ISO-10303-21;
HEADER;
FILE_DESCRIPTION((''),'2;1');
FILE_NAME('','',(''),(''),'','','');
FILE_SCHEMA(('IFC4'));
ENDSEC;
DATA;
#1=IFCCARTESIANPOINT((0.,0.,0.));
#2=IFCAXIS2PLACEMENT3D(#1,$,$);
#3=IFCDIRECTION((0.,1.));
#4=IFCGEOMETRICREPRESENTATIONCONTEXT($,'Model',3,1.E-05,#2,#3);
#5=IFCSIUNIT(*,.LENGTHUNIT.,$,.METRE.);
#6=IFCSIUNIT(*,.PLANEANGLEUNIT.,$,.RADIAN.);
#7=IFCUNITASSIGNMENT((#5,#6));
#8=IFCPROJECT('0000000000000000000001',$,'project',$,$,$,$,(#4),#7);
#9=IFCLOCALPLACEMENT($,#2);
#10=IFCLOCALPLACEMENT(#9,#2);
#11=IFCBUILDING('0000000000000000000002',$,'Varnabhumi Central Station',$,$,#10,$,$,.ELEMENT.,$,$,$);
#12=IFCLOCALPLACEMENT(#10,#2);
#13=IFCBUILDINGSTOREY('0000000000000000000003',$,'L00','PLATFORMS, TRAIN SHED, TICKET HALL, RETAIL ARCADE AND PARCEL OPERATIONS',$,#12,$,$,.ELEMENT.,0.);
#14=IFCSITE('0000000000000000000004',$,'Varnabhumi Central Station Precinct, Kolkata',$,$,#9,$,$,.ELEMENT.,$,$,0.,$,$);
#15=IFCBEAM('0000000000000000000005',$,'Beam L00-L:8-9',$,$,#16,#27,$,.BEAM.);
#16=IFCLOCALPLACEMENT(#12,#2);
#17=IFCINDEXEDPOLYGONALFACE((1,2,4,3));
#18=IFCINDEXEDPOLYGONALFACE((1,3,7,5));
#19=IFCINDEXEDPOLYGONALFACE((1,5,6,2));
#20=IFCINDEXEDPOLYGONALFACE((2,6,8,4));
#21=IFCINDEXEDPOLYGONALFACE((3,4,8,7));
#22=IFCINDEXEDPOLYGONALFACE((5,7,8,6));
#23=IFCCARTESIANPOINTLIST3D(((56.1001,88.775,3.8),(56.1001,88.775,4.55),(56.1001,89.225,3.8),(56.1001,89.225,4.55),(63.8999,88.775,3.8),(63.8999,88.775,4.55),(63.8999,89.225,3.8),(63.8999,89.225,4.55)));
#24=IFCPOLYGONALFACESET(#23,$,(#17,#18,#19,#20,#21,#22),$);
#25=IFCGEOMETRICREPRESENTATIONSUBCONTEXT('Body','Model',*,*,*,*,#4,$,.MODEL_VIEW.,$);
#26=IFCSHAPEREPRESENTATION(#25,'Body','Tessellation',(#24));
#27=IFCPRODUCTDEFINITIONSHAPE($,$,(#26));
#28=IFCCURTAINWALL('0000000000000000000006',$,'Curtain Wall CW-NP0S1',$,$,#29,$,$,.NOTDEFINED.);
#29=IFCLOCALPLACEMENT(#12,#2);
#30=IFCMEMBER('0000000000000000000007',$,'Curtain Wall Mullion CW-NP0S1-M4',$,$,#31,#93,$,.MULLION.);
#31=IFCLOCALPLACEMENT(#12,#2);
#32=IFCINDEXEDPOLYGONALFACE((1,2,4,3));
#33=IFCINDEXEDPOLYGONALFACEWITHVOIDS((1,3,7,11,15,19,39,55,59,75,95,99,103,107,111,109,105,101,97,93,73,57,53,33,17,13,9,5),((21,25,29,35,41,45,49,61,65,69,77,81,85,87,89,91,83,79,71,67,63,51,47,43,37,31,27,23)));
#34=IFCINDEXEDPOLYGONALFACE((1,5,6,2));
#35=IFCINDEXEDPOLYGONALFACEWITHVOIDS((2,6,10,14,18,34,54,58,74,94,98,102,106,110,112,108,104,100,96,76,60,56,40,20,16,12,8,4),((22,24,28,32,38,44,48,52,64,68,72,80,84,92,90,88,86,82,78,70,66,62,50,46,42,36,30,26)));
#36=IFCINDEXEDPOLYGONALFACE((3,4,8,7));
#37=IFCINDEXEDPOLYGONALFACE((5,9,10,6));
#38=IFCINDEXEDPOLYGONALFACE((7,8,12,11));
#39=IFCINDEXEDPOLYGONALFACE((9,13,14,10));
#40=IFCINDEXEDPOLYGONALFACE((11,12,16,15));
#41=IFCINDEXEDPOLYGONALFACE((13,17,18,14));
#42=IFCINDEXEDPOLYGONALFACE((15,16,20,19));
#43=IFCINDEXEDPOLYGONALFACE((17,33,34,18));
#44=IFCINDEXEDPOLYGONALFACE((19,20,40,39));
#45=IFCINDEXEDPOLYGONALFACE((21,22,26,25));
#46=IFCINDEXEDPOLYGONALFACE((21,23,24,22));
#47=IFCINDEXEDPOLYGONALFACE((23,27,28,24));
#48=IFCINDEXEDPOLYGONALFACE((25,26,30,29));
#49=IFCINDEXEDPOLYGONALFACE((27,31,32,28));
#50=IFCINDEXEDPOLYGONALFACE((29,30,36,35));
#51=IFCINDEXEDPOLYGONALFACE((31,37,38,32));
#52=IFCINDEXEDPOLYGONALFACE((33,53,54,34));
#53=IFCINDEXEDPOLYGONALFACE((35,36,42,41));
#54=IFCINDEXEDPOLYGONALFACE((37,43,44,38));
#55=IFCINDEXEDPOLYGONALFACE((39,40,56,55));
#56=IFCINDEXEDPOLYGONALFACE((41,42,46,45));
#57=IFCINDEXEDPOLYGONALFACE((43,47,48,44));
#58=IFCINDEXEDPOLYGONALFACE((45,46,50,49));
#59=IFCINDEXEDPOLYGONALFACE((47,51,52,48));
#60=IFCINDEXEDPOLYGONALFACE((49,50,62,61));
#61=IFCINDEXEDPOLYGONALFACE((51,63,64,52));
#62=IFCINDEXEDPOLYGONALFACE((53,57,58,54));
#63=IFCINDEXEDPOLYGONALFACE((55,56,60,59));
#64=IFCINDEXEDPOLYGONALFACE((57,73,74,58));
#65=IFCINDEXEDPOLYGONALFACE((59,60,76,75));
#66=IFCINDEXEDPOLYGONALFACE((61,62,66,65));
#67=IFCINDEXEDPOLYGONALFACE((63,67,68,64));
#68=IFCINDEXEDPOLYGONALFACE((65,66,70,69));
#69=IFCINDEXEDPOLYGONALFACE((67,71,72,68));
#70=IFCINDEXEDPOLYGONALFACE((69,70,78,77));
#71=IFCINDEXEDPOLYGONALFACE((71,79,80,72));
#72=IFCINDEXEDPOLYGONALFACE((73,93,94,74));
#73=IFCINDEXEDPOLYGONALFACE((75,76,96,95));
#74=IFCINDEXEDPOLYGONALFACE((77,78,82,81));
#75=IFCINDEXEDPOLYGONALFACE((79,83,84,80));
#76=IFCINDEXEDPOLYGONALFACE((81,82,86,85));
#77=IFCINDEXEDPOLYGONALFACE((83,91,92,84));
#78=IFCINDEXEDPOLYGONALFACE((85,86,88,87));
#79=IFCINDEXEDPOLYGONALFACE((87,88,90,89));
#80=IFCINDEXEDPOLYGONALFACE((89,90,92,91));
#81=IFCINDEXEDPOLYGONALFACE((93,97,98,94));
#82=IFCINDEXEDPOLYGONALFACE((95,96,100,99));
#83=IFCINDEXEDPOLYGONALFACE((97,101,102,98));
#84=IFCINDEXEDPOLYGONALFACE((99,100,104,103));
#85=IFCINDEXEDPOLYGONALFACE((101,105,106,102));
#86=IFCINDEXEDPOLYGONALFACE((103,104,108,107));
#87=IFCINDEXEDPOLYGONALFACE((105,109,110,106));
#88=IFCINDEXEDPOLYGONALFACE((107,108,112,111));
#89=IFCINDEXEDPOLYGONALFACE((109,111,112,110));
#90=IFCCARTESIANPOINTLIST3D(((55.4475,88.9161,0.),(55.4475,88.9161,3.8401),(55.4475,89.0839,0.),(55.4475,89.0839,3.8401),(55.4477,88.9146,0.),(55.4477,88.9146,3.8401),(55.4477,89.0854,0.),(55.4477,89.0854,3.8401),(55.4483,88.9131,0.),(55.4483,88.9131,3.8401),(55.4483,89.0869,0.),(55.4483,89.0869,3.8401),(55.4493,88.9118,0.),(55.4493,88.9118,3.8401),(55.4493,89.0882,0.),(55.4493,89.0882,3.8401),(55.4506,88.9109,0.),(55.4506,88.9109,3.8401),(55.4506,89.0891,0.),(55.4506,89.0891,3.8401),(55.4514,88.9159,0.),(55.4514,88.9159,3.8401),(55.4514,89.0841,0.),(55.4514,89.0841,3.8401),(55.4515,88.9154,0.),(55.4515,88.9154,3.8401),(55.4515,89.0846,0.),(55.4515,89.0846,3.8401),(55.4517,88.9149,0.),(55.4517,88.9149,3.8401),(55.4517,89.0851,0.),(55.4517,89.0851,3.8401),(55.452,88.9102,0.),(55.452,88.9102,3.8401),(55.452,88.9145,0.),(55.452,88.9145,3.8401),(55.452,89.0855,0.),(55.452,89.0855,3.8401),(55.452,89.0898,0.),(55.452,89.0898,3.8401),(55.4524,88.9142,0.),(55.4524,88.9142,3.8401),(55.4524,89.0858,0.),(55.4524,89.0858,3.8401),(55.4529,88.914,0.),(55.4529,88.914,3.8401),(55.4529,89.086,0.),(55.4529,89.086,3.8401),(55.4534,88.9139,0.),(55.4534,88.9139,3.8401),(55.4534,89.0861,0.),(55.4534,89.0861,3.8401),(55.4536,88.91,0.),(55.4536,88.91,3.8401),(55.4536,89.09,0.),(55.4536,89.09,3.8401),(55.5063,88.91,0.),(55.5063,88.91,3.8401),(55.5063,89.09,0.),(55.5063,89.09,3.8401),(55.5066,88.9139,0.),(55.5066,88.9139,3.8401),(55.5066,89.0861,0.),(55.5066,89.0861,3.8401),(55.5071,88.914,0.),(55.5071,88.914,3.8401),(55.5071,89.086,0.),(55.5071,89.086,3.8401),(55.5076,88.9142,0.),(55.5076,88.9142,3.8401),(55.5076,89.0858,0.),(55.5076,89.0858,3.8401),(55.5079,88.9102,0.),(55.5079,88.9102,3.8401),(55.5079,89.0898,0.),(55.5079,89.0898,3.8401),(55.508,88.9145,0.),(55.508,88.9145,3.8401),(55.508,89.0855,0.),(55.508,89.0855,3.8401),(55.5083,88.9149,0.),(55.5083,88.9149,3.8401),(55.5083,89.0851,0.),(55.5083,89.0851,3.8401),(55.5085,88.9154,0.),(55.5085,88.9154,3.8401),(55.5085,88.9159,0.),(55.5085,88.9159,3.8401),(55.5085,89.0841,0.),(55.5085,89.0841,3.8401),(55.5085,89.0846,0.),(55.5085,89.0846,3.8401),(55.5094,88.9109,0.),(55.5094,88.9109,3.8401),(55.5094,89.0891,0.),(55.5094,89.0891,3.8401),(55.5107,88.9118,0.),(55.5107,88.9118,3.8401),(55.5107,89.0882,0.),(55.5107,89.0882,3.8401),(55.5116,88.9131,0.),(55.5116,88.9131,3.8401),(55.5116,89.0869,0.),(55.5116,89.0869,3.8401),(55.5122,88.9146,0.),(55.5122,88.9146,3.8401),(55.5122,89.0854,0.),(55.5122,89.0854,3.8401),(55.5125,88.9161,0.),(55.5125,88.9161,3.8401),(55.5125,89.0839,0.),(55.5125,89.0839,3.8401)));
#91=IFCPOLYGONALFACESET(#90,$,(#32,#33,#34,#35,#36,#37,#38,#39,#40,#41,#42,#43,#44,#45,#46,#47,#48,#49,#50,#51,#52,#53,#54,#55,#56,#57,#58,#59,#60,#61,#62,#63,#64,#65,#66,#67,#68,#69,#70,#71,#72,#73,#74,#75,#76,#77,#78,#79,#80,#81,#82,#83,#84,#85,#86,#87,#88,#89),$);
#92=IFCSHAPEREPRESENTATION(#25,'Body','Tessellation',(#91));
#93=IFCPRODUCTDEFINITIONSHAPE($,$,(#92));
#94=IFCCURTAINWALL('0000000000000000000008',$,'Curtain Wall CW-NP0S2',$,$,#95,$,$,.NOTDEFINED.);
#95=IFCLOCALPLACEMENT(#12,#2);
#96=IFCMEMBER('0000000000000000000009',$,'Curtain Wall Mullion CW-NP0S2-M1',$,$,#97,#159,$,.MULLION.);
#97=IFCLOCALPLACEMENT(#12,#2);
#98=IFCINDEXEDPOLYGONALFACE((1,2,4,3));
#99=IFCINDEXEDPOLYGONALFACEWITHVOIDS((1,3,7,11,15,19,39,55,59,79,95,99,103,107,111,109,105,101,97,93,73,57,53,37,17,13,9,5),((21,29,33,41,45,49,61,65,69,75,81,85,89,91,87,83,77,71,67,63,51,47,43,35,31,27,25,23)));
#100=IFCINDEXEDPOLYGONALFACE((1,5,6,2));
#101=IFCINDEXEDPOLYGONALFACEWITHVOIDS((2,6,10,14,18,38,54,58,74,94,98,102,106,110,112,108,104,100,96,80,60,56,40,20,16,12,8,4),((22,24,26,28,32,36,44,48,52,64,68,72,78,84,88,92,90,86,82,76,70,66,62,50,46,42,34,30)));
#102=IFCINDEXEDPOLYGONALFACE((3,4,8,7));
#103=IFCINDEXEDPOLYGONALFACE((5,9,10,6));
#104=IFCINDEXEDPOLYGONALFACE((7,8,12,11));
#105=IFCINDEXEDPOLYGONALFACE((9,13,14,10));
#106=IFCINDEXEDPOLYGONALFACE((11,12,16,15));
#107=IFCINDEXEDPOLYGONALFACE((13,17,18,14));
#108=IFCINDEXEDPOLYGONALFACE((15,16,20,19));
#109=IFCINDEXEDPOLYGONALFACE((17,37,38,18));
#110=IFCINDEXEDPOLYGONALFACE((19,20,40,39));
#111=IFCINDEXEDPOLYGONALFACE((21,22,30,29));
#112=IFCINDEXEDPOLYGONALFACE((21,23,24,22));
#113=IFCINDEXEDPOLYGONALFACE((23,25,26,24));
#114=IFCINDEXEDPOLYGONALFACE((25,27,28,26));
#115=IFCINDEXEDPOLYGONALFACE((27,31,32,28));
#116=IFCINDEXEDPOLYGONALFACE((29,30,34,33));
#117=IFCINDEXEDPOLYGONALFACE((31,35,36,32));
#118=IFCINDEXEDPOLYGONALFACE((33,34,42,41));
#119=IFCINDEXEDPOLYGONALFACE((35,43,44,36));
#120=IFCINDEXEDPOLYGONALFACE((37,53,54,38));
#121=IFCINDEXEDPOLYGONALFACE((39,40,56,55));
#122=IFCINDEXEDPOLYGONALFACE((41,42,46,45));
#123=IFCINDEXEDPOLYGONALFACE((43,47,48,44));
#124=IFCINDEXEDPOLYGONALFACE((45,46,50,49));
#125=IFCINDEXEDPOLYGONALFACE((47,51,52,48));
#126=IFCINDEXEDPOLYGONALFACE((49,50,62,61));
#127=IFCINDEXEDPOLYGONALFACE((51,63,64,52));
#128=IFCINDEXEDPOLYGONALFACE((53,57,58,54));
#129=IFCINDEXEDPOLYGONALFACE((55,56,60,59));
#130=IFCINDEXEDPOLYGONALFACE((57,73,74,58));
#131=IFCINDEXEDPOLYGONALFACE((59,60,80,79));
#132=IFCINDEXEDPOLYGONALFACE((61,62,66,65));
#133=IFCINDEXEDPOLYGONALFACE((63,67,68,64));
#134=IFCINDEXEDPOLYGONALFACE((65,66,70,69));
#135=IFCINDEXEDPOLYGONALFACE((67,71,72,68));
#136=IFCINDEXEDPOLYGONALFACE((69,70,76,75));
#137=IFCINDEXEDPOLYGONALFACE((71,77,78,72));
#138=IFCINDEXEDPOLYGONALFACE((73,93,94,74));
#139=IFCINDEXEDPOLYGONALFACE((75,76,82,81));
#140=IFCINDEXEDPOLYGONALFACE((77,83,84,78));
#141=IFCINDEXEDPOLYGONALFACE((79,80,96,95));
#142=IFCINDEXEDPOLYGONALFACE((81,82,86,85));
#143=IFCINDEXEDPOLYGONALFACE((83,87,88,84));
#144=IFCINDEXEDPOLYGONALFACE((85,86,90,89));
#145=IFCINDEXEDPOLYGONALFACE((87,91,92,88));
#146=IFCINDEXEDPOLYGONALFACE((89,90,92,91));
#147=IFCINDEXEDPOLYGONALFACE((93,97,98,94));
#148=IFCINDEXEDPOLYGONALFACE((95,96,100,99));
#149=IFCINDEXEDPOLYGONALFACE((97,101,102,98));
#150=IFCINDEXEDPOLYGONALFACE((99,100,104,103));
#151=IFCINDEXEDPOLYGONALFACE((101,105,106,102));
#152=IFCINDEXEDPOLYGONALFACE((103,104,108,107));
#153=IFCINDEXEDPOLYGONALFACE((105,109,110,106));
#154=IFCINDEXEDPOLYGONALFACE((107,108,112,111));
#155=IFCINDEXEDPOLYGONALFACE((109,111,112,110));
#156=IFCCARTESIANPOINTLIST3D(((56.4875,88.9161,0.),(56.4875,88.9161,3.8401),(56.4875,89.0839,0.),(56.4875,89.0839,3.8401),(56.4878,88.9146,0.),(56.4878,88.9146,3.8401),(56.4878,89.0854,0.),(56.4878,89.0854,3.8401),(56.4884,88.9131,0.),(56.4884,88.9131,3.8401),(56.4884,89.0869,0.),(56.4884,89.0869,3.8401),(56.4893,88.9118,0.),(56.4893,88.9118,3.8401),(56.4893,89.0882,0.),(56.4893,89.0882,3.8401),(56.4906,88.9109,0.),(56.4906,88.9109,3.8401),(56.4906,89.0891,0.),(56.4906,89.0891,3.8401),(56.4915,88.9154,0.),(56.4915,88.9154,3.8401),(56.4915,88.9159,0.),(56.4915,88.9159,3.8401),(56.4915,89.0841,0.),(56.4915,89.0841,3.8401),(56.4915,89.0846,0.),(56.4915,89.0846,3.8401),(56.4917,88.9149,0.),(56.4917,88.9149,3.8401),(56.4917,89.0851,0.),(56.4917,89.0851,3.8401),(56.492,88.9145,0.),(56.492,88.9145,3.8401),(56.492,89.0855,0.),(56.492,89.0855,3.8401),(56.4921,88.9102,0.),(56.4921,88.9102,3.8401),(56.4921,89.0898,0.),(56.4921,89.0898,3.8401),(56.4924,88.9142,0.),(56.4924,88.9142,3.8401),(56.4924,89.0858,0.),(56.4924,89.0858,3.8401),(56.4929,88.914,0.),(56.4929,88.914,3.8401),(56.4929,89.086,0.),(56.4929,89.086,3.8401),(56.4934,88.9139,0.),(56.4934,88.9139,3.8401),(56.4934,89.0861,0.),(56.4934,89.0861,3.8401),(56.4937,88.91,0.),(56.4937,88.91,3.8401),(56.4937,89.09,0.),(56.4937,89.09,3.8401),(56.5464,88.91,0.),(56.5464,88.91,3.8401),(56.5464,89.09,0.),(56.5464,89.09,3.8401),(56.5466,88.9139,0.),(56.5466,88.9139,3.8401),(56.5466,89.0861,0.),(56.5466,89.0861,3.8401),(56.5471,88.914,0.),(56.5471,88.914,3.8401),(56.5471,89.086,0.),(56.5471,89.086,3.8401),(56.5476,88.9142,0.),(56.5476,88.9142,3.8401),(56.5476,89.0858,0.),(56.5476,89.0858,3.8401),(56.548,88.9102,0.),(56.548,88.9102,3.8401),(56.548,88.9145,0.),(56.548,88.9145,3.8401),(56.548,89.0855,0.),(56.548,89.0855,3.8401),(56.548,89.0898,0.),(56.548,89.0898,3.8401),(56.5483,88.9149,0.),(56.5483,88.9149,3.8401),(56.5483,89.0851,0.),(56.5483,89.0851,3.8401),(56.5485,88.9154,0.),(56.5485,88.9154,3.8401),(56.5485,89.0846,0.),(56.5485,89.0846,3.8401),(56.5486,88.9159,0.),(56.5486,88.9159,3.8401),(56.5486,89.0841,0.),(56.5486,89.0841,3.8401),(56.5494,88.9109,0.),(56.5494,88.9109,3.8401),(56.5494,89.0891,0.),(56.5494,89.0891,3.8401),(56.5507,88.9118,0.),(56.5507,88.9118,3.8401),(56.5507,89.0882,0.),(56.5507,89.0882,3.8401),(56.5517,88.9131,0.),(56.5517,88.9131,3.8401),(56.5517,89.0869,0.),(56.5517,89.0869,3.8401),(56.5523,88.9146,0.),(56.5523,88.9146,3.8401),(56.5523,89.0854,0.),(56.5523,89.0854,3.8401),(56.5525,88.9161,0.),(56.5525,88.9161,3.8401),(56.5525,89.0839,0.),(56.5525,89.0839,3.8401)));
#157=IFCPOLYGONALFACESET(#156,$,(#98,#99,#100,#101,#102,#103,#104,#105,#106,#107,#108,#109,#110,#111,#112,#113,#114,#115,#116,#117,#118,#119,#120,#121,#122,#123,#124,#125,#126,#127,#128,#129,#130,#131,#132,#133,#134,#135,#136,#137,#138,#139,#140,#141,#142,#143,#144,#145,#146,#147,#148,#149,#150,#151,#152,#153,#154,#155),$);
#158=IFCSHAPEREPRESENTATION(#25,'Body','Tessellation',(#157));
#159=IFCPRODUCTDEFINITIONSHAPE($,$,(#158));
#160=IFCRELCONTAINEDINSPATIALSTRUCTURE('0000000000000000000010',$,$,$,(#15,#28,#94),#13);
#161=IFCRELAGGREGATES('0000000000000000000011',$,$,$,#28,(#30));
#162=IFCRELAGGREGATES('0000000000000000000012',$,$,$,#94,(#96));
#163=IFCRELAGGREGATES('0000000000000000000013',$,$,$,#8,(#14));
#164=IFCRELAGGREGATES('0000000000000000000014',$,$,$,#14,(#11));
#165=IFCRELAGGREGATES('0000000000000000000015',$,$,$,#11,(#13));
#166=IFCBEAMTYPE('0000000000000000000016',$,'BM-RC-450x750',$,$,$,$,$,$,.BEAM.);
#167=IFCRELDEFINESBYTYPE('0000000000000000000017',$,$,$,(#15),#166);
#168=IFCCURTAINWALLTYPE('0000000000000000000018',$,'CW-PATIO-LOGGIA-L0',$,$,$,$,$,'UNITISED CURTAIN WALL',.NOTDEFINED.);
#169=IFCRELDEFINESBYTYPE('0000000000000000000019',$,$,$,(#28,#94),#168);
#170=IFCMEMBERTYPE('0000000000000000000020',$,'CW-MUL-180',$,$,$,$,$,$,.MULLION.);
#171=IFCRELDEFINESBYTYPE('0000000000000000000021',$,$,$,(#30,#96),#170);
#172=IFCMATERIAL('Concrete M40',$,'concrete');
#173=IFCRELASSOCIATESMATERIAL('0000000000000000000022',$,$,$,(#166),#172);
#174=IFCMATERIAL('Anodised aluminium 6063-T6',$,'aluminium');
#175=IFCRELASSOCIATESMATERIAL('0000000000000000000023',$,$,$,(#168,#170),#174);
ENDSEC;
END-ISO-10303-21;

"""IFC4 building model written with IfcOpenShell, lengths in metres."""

from ifc_helpers import new_model, si_unit, direction, frame, origin, origin_2d, place, context, subcontext, project, spatial, rectangle, hollow_rectangle, extrude, material, material_profile, profile_set, type_object, element, aggregate, save


model = new_model("IFC4")

# Units and contexts
model_context = context("Model", 3, precision=1e-05, world=origin(), true_north=direction((0.0, 1.0)))
body_context = subcontext(model_context, "Body", "Model", "MODEL_VIEW")
ifc_project = project(units=[si_unit("LENGTHUNIT", "METRE"), si_unit("PLANEANGLEUNIT", "RADIAN")], contexts=[model_context])

# Site, building, storey
site_placement = place(None, origin())
site = spatial("IfcSite", under=ifc_project, at=site_placement, Name="Varnabhumi Central Station Precinct, Kolkata", CompositionType="ELEMENT", RefElevation=0.0)
building_placement = place(site_placement, origin())
building = spatial("IfcBuilding", under=site, at=building_placement, Name="Varnabhumi Central Station", CompositionType="ELEMENT")
storey_placement = place(building_placement, origin())
storey = spatial("IfcBuildingStorey", under=building, at=storey_placement, Name="L00", Description="PLATFORMS, TRAIN SHED, TICKET HALL, RETAIL ARCADE AND PARCEL OPERATIONS", CompositionType="ELEMENT", Elevation=0.0)

# Shared definitions
ifc_material_1 = material(Name="Concrete M40", Category="concrete")

# Beam
ifc_material_profile_1 = material_profile(ifc_material_1, rectangle(XDim=0.45, YDim=0.75, at=origin_2d()), Name="Concrete M40", Category="concrete")
ifc_profile_set_1 = profile_set([ifc_material_profile_1], Name="Concrete M40")
beam_type = type_object("IfcBeamType", Name="BM-RC-450x750", PredefinedType="BEAM", material=ifc_profile_set_1)
beam_placement = place(storey_placement, frame((56.1001, 89.0, 4.175), z_axis=(1.0, 0.0, 0.0), x_axis=(0.0, 1.0, 0.0)))
element("IfcBeam", 1, at=beam_placement, inside=storey, type_object=beam_type, Name="Beam L00-L:8-9", PredefinedType="BEAM", context=body_context, shape_type="SweptSolid", body=[
    extrude(rectangle(XDim=0.45, YDim=0.75, at=origin_2d()), origin(), (0.0, 0.0, 1.0), 7.7998),
])

# Curtain wall, member
ifc_material_2 = material(Name="Anodised aluminium 6063-T6", Category="aluminium")
curtain_wall_type = type_object("IfcCurtainWallType", Name="CW-PATIO-LOGGIA-L0", ElementType="UNITISED CURTAIN WALL", PredefinedType="NOTDEFINED", material=ifc_material_2)
curtain_wall_1_placement = place(storey_placement, origin())
curtain_wall_1 = element("IfcCurtainWall", 2, at=curtain_wall_1_placement, inside=storey, type_object=curtain_wall_type, Name="Curtain Wall CW-NP0S1", PredefinedType="NOTDEFINED")
ifc_material_profile_2 = material_profile(ifc_material_2, hollow_rectangle(XDim=0.0649, YDim=0.1799, WallThickness=0.0039, InnerFilletRadius=0.002, OuterFilletRadius=0.0061, at=origin_2d()), Name="Anodised aluminium 6063-T6", Category="aluminium")
ifc_profile_set_2 = profile_set([ifc_material_profile_2], Name="Anodised aluminium 6063-T6")
member_type_1 = type_object("IfcMemberType", Name="CW-MUL-180", PredefinedType="MULLION", material=ifc_profile_set_2)
member_1_placement = place(storey_placement, frame((55.48, 89.0, 0.0), z_axis=(0.0, 0.0, 1.0), x_axis=(1.0, 0.0, 0.0)))
member_1 = element("IfcMember", 3, at=member_1_placement, type_object=member_type_1, Name="Curtain Wall Mullion CW-NP0S1-M4", PredefinedType="MULLION", context=body_context, shape_type="SweptSolid", body=[
    extrude(hollow_rectangle(XDim=0.0649, YDim=0.1799, WallThickness=0.0039, InnerFilletRadius=0.002, OuterFilletRadius=0.0061, at=origin_2d()), origin(), (0.0, 0.0, 1.0), 3.8401),
])

# Curtain wall, member
curtain_wall_2_placement = place(storey_placement, origin())
curtain_wall_2 = element("IfcCurtainWall", 4, at=curtain_wall_2_placement, inside=storey, type_object=curtain_wall_type, Name="Curtain Wall CW-NP0S2", PredefinedType="NOTDEFINED")
member_2_placement = place(storey_placement, frame((56.52, 89.0, 0.0), z_axis=(0.0, 0.0, 1.0), x_axis=(1.0, 0.0, 0.0)))
member_2 = element("IfcMember", 5, at=member_2_placement, type_object=member_type_1, Name="Curtain Wall Mullion CW-NP0S2-M1", PredefinedType="MULLION", context=body_context, shape_type="SweptSolid", body=[
    extrude(hollow_rectangle(XDim=0.0649, YDim=0.1799, WallThickness=0.0039, InnerFilletRadius=0.002, OuterFilletRadius=0.0061, at=origin_2d()), origin(), (0.0, 0.0, 1.0), 3.8401),
])

aggregate(curtain_wall_1, [member_1])
aggregate(curtain_wall_2, [member_2])

save(model, "model.ifc")
